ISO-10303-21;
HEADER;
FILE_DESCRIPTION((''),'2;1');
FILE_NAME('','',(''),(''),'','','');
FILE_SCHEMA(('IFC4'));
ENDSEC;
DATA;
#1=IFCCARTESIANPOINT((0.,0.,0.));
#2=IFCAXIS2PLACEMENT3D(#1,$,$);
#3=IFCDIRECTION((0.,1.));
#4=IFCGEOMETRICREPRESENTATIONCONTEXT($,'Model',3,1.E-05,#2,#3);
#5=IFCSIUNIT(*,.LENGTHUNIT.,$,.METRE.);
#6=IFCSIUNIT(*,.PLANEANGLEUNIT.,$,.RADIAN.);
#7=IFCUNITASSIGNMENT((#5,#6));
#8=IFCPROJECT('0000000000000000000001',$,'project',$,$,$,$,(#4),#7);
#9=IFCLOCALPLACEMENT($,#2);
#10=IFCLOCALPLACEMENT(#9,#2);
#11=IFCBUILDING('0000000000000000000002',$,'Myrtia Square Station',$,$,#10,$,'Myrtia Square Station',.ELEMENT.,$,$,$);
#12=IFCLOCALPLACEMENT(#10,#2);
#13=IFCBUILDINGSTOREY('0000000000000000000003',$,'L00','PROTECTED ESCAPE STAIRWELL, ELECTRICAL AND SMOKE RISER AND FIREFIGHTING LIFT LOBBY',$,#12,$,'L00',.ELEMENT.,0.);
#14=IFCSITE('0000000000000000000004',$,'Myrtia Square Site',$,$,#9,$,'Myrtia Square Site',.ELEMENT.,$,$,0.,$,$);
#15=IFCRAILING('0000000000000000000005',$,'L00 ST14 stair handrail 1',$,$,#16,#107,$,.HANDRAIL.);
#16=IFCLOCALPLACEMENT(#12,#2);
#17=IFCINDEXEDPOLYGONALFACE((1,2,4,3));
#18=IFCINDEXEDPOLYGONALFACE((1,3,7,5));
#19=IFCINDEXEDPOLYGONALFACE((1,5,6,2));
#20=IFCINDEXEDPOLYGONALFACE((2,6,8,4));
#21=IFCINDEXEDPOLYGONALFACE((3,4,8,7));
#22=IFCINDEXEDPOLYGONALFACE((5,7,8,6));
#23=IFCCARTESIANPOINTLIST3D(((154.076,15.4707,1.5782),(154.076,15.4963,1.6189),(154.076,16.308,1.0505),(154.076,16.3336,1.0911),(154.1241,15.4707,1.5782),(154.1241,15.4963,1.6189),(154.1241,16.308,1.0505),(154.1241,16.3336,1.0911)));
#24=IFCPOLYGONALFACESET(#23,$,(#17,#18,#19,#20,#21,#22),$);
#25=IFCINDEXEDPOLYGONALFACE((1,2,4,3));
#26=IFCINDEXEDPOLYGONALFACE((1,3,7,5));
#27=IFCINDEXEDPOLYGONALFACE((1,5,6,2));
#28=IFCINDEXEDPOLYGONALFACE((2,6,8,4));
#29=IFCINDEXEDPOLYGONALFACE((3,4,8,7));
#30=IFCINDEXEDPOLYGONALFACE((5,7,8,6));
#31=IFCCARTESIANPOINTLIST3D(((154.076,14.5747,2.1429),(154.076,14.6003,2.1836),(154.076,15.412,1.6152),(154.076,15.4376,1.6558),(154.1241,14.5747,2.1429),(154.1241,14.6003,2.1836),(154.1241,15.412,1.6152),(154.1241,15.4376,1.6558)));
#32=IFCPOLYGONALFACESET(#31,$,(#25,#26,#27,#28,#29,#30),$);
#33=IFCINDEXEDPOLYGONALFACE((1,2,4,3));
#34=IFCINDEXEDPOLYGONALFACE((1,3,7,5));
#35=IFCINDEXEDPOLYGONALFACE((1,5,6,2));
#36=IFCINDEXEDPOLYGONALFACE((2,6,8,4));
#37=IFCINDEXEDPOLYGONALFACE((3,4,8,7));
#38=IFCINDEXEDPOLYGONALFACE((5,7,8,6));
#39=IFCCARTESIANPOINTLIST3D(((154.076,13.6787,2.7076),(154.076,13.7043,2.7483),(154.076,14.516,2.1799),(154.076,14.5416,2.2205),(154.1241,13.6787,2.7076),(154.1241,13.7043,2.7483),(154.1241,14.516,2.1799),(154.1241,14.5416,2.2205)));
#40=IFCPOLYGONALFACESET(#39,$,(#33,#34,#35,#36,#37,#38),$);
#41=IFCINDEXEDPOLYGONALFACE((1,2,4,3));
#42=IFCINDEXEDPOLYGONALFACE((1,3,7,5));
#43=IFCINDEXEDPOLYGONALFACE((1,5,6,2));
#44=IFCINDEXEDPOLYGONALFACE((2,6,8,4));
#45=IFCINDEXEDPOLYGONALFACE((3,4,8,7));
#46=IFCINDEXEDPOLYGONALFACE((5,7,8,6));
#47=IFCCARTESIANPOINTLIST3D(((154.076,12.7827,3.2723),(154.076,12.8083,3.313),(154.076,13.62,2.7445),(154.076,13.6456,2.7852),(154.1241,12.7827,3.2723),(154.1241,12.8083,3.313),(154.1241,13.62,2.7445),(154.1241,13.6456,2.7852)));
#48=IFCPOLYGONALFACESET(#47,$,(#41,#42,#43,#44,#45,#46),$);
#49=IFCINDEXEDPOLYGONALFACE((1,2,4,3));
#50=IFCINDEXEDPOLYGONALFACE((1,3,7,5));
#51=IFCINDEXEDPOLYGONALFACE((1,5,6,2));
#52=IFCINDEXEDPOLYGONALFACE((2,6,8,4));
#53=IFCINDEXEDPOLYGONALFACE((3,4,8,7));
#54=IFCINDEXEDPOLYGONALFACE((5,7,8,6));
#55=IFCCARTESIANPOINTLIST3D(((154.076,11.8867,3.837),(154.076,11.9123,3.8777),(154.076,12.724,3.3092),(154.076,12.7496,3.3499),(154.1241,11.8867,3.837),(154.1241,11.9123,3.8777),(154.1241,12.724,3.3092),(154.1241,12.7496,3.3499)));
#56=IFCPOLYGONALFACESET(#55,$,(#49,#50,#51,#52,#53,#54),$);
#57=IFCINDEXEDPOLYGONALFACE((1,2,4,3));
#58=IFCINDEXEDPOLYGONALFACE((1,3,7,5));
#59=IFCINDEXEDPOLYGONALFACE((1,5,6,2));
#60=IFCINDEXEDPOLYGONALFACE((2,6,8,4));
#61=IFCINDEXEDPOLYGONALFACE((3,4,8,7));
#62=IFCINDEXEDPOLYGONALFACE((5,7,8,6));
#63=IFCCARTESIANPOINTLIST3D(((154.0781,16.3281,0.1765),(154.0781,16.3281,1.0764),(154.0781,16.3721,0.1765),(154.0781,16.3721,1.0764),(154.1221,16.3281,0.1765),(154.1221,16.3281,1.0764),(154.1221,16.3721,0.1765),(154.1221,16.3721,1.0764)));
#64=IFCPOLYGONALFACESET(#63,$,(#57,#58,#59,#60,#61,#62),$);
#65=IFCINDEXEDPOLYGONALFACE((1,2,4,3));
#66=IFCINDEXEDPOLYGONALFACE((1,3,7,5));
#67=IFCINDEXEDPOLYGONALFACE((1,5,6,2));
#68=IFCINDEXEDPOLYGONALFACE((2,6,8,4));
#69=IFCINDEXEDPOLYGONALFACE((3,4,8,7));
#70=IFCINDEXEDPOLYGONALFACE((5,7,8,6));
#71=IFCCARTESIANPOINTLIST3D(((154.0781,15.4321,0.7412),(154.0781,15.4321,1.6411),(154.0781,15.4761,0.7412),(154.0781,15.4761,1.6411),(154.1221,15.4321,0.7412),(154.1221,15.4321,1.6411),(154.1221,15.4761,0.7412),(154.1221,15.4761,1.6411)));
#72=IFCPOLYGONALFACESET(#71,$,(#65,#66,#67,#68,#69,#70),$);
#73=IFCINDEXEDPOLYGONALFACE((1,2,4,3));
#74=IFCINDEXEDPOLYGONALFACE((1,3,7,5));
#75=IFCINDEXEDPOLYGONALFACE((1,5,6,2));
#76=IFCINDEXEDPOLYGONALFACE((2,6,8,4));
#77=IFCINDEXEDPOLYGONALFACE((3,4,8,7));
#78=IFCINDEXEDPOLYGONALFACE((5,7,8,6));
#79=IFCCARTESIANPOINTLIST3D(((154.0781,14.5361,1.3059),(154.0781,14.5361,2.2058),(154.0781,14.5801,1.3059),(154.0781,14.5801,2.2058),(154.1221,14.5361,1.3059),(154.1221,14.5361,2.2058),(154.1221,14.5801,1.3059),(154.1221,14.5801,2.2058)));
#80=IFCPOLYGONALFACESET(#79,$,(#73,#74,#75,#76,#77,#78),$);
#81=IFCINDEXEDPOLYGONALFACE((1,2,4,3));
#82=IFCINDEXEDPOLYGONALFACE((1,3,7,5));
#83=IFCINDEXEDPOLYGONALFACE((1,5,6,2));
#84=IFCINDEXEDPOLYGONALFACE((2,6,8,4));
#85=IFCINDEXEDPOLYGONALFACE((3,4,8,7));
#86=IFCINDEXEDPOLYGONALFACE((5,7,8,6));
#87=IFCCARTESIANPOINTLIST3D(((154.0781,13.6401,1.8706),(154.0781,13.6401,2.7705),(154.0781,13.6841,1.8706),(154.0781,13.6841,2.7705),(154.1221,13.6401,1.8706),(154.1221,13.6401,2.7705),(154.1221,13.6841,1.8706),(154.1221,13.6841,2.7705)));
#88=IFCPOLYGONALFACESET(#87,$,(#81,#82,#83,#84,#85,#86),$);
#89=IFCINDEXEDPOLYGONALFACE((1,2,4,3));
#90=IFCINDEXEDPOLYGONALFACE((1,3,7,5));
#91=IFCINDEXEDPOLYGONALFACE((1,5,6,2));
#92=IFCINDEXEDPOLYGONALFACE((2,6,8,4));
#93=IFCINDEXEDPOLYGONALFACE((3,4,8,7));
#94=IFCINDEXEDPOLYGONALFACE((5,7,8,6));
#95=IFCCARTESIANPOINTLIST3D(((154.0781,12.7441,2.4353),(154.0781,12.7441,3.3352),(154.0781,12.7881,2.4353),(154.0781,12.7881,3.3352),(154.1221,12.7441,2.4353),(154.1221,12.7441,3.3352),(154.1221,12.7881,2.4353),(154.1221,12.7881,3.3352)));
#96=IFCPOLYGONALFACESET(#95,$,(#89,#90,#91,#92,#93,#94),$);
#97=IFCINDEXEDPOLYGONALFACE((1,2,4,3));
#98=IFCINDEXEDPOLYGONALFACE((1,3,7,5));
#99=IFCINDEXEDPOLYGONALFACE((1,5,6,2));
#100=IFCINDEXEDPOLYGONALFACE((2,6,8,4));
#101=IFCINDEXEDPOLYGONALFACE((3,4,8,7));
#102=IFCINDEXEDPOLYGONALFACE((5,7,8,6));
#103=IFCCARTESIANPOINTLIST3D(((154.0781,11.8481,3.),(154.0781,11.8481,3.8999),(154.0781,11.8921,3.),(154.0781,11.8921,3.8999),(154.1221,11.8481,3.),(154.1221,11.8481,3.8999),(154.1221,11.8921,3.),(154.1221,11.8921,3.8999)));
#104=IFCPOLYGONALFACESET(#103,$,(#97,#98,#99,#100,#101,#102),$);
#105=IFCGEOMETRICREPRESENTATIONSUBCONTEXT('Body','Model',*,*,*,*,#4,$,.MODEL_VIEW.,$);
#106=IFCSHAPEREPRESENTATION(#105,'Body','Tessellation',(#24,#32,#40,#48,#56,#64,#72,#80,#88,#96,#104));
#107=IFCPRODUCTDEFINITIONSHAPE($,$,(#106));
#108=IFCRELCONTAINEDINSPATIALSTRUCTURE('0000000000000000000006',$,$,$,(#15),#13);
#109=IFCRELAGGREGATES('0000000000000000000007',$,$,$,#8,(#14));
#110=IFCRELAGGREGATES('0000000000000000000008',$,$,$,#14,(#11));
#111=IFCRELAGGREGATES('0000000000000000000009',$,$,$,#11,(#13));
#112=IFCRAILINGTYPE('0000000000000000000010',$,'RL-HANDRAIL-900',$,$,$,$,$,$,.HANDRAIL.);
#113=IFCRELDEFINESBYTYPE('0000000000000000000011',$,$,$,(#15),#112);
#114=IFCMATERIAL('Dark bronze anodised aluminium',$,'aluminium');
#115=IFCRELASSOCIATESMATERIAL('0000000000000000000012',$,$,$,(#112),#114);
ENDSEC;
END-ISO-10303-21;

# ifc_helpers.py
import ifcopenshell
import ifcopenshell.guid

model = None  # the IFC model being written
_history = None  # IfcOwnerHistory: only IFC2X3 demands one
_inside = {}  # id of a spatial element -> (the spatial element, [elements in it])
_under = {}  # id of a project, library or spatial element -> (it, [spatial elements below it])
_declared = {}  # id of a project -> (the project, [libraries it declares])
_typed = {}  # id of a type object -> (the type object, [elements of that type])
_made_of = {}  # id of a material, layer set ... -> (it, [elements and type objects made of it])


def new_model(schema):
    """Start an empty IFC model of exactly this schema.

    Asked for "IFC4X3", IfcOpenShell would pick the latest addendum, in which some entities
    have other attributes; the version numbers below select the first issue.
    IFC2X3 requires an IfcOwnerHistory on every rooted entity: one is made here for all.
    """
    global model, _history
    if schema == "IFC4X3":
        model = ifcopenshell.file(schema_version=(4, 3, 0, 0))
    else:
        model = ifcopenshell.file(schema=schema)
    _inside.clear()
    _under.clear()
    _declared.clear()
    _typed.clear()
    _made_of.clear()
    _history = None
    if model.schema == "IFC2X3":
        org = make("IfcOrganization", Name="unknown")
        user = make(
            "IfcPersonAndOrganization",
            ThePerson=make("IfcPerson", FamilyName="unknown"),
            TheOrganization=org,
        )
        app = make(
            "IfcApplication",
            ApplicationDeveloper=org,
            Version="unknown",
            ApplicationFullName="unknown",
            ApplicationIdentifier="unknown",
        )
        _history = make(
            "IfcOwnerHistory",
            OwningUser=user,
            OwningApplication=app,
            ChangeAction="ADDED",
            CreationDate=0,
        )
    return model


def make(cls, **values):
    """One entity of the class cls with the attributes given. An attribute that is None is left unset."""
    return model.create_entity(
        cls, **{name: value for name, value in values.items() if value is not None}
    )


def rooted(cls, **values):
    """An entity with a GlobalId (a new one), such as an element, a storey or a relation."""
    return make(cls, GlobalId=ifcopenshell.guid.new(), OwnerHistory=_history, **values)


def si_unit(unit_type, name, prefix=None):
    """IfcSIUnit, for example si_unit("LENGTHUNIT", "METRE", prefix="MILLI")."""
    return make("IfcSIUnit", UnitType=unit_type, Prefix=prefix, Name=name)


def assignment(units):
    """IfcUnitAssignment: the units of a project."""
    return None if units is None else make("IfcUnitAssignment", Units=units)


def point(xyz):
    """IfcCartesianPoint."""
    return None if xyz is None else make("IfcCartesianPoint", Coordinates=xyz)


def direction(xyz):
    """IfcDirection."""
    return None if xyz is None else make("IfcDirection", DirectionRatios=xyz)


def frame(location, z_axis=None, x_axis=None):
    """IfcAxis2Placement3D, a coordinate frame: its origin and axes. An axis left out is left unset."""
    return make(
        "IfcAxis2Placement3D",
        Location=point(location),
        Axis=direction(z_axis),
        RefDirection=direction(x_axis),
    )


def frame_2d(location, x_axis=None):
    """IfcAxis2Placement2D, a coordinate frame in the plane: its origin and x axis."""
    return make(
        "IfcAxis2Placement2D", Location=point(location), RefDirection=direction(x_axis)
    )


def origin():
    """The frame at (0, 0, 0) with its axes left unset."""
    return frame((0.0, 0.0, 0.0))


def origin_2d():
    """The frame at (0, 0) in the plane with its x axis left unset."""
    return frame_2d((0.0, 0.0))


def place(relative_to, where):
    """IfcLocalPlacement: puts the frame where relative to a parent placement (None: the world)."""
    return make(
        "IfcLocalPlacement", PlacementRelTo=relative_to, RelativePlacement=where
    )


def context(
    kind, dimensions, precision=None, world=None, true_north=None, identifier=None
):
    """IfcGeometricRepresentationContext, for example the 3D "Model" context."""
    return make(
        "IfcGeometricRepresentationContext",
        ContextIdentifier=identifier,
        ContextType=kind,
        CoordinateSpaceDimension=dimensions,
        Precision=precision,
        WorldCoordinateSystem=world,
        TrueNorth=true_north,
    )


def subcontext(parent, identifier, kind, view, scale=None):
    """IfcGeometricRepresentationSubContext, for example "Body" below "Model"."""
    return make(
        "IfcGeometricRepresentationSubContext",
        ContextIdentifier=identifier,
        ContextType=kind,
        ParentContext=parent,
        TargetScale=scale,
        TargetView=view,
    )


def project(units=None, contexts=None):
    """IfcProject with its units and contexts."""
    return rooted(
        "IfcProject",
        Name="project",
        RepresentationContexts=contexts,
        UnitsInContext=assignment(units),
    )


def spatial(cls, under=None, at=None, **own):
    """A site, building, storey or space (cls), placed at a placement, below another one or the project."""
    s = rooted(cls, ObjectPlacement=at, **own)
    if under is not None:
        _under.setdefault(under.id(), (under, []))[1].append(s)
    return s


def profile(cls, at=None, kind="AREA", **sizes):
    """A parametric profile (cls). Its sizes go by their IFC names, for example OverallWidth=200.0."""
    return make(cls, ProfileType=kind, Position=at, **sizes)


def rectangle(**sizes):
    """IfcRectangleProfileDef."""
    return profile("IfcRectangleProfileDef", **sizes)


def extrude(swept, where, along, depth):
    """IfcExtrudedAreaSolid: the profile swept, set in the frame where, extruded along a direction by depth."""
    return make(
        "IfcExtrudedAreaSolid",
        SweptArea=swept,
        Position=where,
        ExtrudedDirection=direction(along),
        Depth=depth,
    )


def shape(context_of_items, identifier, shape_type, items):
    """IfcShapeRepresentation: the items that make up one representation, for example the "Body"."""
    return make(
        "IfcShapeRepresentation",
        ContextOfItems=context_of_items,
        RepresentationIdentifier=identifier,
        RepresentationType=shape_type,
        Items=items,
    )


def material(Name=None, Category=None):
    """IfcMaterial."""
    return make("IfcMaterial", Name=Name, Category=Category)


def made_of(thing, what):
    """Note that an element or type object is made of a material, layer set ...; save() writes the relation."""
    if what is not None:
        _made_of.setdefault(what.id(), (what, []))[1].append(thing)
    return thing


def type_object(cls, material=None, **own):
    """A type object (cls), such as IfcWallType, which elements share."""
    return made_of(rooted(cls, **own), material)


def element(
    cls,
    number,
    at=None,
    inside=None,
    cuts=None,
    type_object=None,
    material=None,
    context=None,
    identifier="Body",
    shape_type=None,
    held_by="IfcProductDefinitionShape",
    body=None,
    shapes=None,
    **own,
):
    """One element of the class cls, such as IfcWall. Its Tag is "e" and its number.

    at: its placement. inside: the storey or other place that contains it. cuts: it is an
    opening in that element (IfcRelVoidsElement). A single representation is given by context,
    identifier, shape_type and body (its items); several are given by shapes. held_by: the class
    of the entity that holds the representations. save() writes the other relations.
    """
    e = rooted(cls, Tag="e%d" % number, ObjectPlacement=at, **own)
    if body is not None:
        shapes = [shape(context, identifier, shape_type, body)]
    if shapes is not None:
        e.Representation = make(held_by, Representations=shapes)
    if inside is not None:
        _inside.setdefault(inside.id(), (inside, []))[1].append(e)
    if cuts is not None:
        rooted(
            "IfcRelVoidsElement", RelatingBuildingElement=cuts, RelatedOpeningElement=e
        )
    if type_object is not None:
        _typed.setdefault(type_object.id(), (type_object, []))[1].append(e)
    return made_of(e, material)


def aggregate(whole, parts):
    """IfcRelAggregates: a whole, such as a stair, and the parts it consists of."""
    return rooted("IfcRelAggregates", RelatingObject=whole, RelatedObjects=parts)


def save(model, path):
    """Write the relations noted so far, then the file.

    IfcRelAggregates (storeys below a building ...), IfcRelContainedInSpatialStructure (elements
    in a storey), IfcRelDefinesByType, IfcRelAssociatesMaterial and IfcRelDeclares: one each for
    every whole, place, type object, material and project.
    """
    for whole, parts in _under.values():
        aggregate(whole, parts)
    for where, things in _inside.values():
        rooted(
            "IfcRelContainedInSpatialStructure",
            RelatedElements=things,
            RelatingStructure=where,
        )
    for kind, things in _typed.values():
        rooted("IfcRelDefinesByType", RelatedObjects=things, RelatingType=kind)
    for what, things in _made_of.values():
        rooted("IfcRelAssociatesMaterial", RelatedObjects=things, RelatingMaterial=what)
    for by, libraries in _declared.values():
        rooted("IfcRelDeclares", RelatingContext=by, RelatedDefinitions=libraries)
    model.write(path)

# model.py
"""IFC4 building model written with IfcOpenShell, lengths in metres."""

from ifc_helpers import new_model, si_unit, direction, frame, origin, origin_2d, place, context, subcontext, project, spatial, rectangle, extrude, material, type_object, element, save


model = new_model("IFC4")

# Units and contexts
model_context = context("Model", 3, precision=1e-05, world=origin(), true_north=direction((0.0, 1.0)))
body_context = subcontext(model_context, "Body", "Model", "MODEL_VIEW")
ifc_project = project(units=[si_unit("LENGTHUNIT", "METRE"), si_unit("PLANEANGLEUNIT", "RADIAN")], contexts=[model_context])

# Site, building, storey
site_placement = place(None, origin())
site = spatial("IfcSite", under=ifc_project, at=site_placement, Name="Myrtia Square Site", LongName="Myrtia Square Site", CompositionType="ELEMENT", RefElevation=0.0)
building_placement = place(site_placement, origin())
building = spatial("IfcBuilding", under=site, at=building_placement, Name="Myrtia Square Station", LongName="Myrtia Square Station", CompositionType="ELEMENT")
storey_placement = place(building_placement, origin())
storey = spatial("IfcBuildingStorey", under=building, at=storey_placement, Name="L00", Description="PROTECTED ESCAPE STAIRWELL, ELECTRICAL AND SMOKE RISER AND FIREFIGHTING LIFT LOBBY", LongName="L00", CompositionType="ELEMENT", Elevation=0.0)

# Shared definitions
ifc_material_1 = material(Name="Dark bronze anodised aluminium", Category="aluminium")

# Railing
railing_type_1 = type_object("IfcRailingType", Name="RL-HANDRAIL-900", PredefinedType="HANDRAIL", material=ifc_material_1)
railing_1_placement = place(storey_placement, frame((154.1001, 16.3501, 0.1765)))
element("IfcRailing", 1, at=railing_1_placement, inside=storey, type_object=railing_type_1, Name="L00 ST14 stair handrail 1", PredefinedType="HANDRAIL", context=body_context, shape_type="SweptSolid", body=[
    extrude(rectangle(XDim=0.0481, YDim=0.0481, at=origin_2d()), frame((0.0, -0.0293, 0.8943), z_axis=(0.0, -0.845998, 0.533186), x_axis=(1.0, 0.0, 0.0)), (0.0, 0.0, 1.0), 0.9897),
    extrude(rectangle(XDim=0.0481, YDim=0.0481, at=origin_2d()), frame((0.0, -0.9253, 1.459), z_axis=(0.0, -0.845998, 0.533186), x_axis=(1.0, 0.0, 0.0)), (0.0, 0.0, 1.0), 0.9897),
    extrude(rectangle(XDim=0.0481, YDim=0.0481, at=origin_2d()), frame((0.0, -1.8213, 2.0237), z_axis=(0.0, -0.845998, 0.533186), x_axis=(1.0, 0.0, 0.0)), (0.0, 0.0, 1.0), 0.9897),
    extrude(rectangle(XDim=0.0481, YDim=0.0481, at=origin_2d()), frame((0.0, -2.7173, 2.5884), z_axis=(0.0, -0.845998, 0.533186), x_axis=(1.0, 0.0, 0.0)), (0.0, 0.0, 1.0), 0.9897),
    extrude(rectangle(XDim=0.0481, YDim=0.0481, at=origin_2d()), frame((0.0, -3.6133, 3.1531), z_axis=(0.0, -0.845998, 0.533186), x_axis=(1.0, 0.0, 0.0)), (0.0, 0.0, 1.0), 0.9897),
    extrude(rectangle(XDim=0.0439, YDim=0.0439, at=origin_2d()), origin(), (0.0, 0.0, 1.0), 0.8999),
    extrude(rectangle(XDim=0.0439, YDim=0.0439, at=origin_2d()), frame((0.0, -0.896, 0.5647)), (0.0, 0.0, 1.0), 0.8999),
    extrude(rectangle(XDim=0.0439, YDim=0.0439, at=origin_2d()), frame((0.0, -1.792, 1.1294)), (0.0, 0.0, 1.0), 0.8999),
    extrude(rectangle(XDim=0.0439, YDim=0.0439, at=origin_2d()), frame((0.0, -2.688, 1.6941)), (0.0, 0.0, 1.0), 0.8999),
    extrude(rectangle(XDim=0.0439, YDim=0.0439, at=origin_2d()), frame((0.0, -3.584, 2.2588)), (0.0, 0.0, 1.0), 0.8999),
    extrude(rectangle(XDim=0.0439, YDim=0.0439, at=origin_2d()), frame((0.0, -4.48, 2.8235)), (0.0, 0.0, 1.0), 0.8999),
])

save(model, "model.ifc")
